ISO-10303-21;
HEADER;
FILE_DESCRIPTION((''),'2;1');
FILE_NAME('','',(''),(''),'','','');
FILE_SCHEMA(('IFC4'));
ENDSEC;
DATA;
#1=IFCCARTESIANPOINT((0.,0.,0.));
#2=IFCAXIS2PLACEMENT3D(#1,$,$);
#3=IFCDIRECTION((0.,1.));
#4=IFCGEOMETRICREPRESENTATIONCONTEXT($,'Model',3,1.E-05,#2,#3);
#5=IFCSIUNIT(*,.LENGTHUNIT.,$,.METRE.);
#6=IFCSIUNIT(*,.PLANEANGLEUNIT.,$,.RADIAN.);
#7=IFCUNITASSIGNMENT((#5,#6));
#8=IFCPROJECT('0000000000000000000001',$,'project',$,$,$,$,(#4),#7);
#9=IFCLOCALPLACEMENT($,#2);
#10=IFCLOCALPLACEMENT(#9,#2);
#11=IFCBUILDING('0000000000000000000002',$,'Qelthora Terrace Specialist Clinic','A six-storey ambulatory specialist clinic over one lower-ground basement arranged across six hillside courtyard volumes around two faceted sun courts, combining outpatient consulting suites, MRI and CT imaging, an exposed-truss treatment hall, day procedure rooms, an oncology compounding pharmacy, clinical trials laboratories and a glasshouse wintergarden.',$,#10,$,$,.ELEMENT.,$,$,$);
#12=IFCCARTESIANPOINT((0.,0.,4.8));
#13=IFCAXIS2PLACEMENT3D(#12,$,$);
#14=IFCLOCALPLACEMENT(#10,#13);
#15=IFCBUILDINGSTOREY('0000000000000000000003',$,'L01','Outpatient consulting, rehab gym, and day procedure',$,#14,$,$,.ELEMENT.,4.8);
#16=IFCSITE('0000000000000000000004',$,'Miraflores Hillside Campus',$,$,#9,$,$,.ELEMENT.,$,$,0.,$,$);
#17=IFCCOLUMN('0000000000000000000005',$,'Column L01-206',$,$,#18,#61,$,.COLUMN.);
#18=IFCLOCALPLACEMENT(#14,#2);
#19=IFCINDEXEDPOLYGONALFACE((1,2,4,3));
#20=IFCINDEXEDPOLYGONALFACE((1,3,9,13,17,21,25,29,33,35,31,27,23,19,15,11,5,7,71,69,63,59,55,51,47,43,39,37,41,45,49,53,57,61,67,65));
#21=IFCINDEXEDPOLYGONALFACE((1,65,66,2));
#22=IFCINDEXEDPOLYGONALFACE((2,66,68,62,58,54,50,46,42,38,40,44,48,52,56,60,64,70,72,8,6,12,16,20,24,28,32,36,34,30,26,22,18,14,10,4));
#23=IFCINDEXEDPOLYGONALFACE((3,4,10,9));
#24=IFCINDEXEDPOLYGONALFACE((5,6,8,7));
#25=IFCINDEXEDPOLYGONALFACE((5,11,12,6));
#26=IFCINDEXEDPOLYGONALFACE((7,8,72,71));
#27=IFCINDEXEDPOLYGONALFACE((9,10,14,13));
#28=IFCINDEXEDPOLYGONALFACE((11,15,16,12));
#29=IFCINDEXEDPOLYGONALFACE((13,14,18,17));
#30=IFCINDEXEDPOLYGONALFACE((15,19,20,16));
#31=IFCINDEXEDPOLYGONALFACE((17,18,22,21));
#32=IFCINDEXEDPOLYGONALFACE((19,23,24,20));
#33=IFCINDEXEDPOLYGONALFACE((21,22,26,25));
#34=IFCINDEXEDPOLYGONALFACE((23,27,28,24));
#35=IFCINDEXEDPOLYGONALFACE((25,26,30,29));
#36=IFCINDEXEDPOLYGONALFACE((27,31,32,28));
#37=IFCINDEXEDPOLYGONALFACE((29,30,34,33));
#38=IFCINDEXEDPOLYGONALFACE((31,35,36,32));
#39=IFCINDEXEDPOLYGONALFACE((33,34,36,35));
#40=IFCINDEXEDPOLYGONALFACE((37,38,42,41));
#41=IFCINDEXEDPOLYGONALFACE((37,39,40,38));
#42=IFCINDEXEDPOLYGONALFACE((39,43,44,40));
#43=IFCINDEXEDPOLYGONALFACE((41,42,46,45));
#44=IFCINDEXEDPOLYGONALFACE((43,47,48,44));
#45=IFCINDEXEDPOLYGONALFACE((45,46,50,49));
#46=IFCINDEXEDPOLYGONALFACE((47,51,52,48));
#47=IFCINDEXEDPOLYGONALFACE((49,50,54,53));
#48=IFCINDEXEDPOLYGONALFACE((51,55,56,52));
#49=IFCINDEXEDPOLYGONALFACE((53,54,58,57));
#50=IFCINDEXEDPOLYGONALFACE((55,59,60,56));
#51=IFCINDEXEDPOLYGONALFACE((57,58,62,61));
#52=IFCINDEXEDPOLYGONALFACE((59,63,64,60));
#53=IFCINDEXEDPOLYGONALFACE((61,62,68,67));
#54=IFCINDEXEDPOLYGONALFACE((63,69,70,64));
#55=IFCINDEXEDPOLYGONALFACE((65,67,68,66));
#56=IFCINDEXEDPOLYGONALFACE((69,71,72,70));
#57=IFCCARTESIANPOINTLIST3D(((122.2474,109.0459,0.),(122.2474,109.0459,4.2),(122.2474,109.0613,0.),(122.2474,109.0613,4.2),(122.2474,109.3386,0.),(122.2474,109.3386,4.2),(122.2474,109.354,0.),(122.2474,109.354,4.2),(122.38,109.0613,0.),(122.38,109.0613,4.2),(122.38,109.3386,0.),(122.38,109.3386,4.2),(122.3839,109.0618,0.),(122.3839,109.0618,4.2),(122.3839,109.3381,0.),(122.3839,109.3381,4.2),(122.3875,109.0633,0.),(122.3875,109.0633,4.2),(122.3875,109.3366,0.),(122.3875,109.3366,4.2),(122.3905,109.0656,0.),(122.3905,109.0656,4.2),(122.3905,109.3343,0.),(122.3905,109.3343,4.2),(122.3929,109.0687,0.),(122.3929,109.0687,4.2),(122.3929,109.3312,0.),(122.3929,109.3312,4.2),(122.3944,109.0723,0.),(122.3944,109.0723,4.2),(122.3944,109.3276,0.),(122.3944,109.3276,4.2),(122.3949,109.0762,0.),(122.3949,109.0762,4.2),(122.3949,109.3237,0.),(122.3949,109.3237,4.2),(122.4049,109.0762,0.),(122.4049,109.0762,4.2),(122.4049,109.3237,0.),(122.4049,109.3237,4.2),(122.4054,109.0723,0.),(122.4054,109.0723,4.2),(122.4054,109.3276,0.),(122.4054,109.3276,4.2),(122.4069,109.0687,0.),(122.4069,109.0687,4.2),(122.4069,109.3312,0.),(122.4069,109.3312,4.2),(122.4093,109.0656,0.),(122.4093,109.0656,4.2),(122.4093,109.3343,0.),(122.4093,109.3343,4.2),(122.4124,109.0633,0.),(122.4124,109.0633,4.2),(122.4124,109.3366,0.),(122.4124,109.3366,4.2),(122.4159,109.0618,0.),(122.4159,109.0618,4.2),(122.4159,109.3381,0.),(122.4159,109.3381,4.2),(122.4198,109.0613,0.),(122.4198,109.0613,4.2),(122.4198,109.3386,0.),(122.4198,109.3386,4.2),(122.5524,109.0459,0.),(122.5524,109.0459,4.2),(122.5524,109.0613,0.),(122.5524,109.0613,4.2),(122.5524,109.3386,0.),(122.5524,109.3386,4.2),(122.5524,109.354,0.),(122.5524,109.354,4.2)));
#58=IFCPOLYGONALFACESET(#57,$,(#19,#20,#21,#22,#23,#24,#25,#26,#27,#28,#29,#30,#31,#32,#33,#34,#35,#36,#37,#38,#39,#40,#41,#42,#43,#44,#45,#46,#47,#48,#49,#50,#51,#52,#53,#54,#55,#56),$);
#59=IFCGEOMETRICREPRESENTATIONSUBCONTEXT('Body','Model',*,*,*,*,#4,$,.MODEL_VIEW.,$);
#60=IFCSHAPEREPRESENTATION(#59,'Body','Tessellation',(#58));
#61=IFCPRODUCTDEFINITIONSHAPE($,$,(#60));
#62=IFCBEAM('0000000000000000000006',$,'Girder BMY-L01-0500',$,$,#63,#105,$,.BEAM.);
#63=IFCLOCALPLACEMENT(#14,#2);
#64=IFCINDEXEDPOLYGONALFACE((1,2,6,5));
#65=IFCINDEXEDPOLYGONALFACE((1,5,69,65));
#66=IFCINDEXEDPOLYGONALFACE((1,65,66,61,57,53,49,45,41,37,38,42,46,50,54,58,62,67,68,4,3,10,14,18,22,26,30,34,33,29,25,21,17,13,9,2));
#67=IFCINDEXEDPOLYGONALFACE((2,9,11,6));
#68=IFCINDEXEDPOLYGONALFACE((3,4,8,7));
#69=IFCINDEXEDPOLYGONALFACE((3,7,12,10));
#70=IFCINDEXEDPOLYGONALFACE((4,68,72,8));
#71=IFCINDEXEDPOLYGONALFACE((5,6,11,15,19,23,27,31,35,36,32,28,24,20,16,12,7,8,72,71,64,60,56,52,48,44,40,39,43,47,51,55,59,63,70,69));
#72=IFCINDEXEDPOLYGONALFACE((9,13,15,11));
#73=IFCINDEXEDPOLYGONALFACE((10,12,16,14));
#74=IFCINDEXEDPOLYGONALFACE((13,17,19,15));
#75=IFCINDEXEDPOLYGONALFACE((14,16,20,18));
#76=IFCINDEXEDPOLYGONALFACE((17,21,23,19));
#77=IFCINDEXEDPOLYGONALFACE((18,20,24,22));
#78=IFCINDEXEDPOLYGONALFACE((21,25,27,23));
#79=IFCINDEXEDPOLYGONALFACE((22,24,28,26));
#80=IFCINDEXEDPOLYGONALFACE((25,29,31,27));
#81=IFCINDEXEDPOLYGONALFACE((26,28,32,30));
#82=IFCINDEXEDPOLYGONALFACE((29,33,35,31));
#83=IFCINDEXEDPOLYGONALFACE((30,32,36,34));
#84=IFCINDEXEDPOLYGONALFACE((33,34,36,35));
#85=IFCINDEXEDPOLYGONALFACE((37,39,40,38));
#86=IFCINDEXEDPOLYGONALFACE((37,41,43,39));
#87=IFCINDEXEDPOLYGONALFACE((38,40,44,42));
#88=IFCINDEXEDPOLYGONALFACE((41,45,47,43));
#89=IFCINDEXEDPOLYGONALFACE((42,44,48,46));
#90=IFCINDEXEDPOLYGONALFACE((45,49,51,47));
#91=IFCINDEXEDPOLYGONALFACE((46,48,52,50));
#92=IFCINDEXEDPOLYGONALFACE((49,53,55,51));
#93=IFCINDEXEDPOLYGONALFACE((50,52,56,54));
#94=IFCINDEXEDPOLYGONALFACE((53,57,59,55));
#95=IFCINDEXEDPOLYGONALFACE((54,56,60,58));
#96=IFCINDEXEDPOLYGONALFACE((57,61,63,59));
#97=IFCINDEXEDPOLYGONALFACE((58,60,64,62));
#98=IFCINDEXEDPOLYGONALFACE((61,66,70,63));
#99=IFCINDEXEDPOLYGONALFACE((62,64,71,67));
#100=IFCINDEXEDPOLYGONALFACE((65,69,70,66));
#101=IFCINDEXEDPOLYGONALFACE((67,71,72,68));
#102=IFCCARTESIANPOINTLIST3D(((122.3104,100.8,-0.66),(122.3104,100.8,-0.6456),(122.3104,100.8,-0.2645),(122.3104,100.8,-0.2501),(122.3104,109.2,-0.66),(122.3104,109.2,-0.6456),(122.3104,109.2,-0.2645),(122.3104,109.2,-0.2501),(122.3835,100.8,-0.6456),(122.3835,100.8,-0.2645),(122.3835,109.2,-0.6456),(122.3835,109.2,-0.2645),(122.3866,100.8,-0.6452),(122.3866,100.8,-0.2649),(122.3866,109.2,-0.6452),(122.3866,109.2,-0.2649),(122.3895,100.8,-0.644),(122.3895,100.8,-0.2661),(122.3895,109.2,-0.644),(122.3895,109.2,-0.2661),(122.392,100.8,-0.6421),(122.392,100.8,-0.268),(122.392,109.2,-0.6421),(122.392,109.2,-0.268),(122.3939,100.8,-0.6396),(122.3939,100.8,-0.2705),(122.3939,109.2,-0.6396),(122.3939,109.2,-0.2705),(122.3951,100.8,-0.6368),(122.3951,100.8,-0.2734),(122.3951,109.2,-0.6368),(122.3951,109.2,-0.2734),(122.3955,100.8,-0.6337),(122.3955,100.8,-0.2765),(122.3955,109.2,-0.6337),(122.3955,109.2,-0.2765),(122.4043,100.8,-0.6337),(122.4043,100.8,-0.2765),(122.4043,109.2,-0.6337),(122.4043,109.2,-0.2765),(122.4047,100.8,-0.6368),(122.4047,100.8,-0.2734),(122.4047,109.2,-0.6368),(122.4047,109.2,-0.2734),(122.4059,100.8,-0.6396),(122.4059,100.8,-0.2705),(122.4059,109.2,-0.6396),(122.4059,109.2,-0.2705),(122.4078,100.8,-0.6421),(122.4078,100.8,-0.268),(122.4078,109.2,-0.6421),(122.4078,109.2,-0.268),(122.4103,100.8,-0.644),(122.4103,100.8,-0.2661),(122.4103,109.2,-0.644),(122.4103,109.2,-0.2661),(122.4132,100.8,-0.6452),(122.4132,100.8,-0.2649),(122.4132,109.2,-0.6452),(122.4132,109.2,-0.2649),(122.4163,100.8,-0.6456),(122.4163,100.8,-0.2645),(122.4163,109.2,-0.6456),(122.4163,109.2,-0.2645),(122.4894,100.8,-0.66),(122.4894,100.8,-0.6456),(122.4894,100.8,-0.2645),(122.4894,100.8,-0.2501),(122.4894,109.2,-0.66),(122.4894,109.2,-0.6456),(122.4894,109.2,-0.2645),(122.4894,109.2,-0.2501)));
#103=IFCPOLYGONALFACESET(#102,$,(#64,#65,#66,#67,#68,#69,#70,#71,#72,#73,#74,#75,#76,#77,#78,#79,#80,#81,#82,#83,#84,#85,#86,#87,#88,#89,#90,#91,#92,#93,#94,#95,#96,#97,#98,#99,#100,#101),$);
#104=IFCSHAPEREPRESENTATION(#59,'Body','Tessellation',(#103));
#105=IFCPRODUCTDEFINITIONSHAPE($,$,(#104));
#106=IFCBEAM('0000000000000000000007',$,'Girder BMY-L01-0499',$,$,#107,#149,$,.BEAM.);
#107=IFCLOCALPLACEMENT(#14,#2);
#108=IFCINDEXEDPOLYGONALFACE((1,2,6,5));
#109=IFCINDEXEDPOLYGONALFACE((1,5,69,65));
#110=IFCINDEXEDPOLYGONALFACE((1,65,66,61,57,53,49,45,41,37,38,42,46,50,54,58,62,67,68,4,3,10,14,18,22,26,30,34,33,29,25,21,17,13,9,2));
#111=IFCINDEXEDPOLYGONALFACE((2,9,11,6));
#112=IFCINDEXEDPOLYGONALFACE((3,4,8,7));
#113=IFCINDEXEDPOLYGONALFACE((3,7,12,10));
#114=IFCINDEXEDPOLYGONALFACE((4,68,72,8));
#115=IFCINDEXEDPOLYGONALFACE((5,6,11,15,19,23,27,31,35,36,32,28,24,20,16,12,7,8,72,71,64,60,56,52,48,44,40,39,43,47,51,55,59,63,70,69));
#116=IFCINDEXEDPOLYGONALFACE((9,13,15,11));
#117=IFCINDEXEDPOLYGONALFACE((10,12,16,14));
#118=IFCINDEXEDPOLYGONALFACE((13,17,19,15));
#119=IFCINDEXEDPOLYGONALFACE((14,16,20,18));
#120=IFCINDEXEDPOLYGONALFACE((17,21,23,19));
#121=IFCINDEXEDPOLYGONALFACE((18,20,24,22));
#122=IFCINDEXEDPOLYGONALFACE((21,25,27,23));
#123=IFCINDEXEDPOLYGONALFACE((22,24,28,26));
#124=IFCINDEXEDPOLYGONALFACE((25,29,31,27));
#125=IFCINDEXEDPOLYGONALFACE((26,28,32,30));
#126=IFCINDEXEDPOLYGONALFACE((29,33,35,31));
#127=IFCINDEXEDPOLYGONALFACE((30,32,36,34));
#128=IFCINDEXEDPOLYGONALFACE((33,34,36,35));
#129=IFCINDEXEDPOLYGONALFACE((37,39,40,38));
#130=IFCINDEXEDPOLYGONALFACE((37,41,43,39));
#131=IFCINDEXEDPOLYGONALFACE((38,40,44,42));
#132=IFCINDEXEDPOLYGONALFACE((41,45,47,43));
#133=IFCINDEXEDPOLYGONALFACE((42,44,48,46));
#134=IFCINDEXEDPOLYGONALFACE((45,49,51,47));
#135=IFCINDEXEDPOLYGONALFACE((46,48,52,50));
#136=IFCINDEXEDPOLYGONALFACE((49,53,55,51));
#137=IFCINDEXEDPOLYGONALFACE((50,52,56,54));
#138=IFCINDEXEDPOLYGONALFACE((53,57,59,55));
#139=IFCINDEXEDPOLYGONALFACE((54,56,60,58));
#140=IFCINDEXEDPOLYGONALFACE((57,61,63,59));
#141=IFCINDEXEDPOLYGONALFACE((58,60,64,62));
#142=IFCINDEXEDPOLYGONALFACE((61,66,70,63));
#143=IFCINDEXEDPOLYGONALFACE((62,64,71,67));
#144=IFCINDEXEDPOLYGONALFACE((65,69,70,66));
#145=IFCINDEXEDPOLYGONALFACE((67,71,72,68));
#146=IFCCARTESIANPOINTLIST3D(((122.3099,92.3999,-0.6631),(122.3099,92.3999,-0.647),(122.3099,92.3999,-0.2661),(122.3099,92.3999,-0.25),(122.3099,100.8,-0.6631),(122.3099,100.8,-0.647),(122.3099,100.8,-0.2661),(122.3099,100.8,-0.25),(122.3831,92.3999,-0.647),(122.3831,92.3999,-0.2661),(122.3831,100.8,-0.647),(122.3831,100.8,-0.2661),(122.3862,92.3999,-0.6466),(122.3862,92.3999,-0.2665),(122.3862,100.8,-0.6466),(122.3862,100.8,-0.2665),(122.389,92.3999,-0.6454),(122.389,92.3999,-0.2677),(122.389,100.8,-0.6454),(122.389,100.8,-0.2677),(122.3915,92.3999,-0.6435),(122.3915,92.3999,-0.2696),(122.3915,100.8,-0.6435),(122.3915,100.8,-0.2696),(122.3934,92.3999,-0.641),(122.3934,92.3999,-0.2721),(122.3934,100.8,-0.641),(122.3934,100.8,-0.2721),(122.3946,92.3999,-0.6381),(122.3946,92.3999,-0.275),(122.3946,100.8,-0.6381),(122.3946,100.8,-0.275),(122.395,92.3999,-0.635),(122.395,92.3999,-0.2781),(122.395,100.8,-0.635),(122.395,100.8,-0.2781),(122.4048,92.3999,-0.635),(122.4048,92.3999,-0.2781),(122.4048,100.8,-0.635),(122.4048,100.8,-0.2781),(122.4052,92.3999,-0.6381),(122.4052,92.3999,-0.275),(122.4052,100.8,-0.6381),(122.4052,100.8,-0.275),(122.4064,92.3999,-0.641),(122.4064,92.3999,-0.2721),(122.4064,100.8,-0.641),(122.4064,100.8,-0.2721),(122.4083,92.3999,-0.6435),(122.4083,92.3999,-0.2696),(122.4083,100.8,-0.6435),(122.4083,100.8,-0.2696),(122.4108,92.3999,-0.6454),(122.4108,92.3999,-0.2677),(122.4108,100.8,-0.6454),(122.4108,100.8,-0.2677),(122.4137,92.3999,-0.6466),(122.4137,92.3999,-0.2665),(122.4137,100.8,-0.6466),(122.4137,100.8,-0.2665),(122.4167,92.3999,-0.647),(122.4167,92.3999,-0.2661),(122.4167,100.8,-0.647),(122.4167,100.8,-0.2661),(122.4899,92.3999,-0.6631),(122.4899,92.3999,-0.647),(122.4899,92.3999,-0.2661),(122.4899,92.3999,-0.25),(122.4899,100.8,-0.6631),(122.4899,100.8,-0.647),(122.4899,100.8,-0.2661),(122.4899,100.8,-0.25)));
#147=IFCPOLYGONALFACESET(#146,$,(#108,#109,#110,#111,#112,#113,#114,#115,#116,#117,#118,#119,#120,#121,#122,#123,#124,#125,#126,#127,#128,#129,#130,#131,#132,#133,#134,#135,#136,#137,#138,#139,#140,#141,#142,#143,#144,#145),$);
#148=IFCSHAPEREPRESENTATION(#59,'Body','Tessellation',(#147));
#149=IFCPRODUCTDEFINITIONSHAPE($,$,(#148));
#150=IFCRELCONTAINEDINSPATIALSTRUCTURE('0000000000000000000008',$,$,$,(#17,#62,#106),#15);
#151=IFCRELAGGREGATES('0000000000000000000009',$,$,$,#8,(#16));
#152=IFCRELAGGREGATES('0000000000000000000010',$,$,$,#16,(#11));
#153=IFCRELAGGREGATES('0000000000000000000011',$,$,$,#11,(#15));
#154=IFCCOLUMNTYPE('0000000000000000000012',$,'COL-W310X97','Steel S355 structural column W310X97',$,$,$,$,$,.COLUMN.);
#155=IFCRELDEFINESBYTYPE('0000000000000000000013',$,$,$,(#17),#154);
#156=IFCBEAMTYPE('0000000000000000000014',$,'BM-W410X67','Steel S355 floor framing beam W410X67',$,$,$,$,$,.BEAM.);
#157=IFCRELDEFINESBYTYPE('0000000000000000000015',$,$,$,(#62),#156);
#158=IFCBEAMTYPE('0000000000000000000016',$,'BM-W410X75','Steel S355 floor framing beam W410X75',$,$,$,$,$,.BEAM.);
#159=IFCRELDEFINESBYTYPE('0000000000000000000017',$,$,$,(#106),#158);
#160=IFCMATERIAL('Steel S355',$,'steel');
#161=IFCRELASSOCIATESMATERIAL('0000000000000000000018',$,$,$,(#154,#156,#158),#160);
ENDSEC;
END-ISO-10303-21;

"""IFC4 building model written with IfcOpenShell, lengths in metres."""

from ifc_helpers import new_model, si_unit, direction, frame, origin, origin_2d, place, context, subcontext, project, spatial, i_section, extrude, material, material_profile, profile_set, type_object, element, save


model = new_model("IFC4")

# Units and contexts
model_context = context("Model", 3, precision=1e-05, world=origin(), true_north=direction((0.0, 1.0)))
body_context = subcontext(model_context, "Body", "Model", "MODEL_VIEW")
ifc_project = project(units=[si_unit("LENGTHUNIT", "METRE"), si_unit("PLANEANGLEUNIT", "RADIAN")], contexts=[model_context])

# Site, building, storey
site_placement = place(None, origin())
site = spatial("IfcSite", under=ifc_project, at=site_placement, Name="Miraflores Hillside Campus", CompositionType="ELEMENT", RefElevation=0.0)
building_placement = place(site_placement, origin())
building = spatial("IfcBuilding", under=site, at=building_placement, Name="Qelthora Terrace Specialist Clinic", Description="A six-storey ambulatory specialist clinic over one lower-ground basement arranged across six hillside courtyard volumes around two faceted sun courts, combining outpatient consulting suites, MRI and CT imaging, an exposed-truss treatment hall, day procedure rooms, an oncology compounding pharmacy, clinical trials laboratories and a glasshouse wintergarden.", CompositionType="ELEMENT")
storey_placement = place(building_placement, frame((0.0, 0.0, 4.8)))
storey = spatial("IfcBuildingStorey", under=building, at=storey_placement, Name="L01", Description="Outpatient consulting, rehab gym, and day procedure", CompositionType="ELEMENT", Elevation=4.8)

# Column
ifc_material_1 = material(Name="Steel S355", Category="steel")
ifc_material_profile_1 = material_profile(ifc_material_1, i_section(OverallWidth=0.3049, OverallDepth=0.3081, WebThickness=0.01, FlangeThickness=0.0154, FilletRadius=0.0149, at=origin_2d()), Name="W310X97")
ifc_profile_set_1 = profile_set([ifc_material_profile_1], Name="Steel S355")
column_type_1 = type_object("IfcColumnType", Name="COL-W310X97", Description="Steel S355 structural column W310X97", PredefinedType="COLUMN", material=ifc_profile_set_1)
column_1_placement = place(storey_placement, frame((122.3999, 109.2, 0.0), z_axis=(0.0, 0.0, 1.0), x_axis=(1.0, 0.0, 0.0)))
element("IfcColumn", 1, at=column_1_placement, inside=storey, type_object=column_type_1, Name="Column L01-206", PredefinedType="COLUMN", context=body_context, shape_type="SweptSolid", body=[
    extrude(i_section(OverallWidth=0.3049, OverallDepth=0.3081, WebThickness=0.01, FlangeThickness=0.0154, FilletRadius=0.0149, at=origin_2d()), origin(), (0.0, 0.0, 1.0), 4.2),
])

# Beams
ifc_material_profile_2 = material_profile(ifc_material_1, i_section(OverallWidth=0.179, OverallDepth=0.4099, WebThickness=0.0088, FlangeThickness=0.0144, FilletRadius=0.012, at=origin_2d()), Name="W410X67")
ifc_profile_set_2 = profile_set([ifc_material_profile_2], Name="Steel S355")
beam_type_1 = type_object("IfcBeamType", Name="BM-W410X67", Description="Steel S355 floor framing beam W410X67", PredefinedType="BEAM", material=ifc_profile_set_2)
beam_1_placement = place(storey_placement, frame((122.3999, 100.8, -0.4551), z_axis=(0.0, 1.0, 0.0), x_axis=(-1.0, 0.0, 0.0)))
element("IfcBeam", 2, at=beam_1_placement, inside=storey, type_object=beam_type_1, Name="Girder BMY-L01-0500", PredefinedType="BEAM", context=body_context, shape_type="SweptSolid", body=[
    extrude(i_section(OverallWidth=0.179, OverallDepth=0.4099, WebThickness=0.0088, FlangeThickness=0.0144, FilletRadius=0.012, at=origin_2d()), origin(), (0.0, 0.0, 1.0), 8.3999),
])
ifc_material_profile_3 = material_profile(ifc_material_1, i_section(OverallWidth=0.1799, OverallDepth=0.4131, WebThickness=0.0098, FlangeThickness=0.0161, FilletRadius=0.012, at=origin_2d()), Name="W410X75")
ifc_profile_set_3 = profile_set([ifc_material_profile_3], Name="Steel S355")
beam_type_2 = type_object("IfcBeamType", Name="BM-W410X75", Description="Steel S355 floor framing beam W410X75", PredefinedType="BEAM", material=ifc_profile_set_3)
beam_2_placement = place(storey_placement, frame((122.3999, 92.3999, -0.4565), z_axis=(0.0, 1.0, 0.0), x_axis=(-1.0, 0.0, 0.0)))
element("IfcBeam", 3, at=beam_2_placement, inside=storey, type_object=beam_type_2, Name="Girder BMY-L01-0499", PredefinedType="BEAM", context=body_context, shape_type="SweptSolid", body=[
    extrude(i_section(OverallWidth=0.1799, OverallDepth=0.4131, WebThickness=0.0098, FlangeThickness=0.0161, FilletRadius=0.012, at=origin_2d()), origin(), (0.0, 0.0, 1.0), 8.4001),
])

save(model, "model.ifc")
